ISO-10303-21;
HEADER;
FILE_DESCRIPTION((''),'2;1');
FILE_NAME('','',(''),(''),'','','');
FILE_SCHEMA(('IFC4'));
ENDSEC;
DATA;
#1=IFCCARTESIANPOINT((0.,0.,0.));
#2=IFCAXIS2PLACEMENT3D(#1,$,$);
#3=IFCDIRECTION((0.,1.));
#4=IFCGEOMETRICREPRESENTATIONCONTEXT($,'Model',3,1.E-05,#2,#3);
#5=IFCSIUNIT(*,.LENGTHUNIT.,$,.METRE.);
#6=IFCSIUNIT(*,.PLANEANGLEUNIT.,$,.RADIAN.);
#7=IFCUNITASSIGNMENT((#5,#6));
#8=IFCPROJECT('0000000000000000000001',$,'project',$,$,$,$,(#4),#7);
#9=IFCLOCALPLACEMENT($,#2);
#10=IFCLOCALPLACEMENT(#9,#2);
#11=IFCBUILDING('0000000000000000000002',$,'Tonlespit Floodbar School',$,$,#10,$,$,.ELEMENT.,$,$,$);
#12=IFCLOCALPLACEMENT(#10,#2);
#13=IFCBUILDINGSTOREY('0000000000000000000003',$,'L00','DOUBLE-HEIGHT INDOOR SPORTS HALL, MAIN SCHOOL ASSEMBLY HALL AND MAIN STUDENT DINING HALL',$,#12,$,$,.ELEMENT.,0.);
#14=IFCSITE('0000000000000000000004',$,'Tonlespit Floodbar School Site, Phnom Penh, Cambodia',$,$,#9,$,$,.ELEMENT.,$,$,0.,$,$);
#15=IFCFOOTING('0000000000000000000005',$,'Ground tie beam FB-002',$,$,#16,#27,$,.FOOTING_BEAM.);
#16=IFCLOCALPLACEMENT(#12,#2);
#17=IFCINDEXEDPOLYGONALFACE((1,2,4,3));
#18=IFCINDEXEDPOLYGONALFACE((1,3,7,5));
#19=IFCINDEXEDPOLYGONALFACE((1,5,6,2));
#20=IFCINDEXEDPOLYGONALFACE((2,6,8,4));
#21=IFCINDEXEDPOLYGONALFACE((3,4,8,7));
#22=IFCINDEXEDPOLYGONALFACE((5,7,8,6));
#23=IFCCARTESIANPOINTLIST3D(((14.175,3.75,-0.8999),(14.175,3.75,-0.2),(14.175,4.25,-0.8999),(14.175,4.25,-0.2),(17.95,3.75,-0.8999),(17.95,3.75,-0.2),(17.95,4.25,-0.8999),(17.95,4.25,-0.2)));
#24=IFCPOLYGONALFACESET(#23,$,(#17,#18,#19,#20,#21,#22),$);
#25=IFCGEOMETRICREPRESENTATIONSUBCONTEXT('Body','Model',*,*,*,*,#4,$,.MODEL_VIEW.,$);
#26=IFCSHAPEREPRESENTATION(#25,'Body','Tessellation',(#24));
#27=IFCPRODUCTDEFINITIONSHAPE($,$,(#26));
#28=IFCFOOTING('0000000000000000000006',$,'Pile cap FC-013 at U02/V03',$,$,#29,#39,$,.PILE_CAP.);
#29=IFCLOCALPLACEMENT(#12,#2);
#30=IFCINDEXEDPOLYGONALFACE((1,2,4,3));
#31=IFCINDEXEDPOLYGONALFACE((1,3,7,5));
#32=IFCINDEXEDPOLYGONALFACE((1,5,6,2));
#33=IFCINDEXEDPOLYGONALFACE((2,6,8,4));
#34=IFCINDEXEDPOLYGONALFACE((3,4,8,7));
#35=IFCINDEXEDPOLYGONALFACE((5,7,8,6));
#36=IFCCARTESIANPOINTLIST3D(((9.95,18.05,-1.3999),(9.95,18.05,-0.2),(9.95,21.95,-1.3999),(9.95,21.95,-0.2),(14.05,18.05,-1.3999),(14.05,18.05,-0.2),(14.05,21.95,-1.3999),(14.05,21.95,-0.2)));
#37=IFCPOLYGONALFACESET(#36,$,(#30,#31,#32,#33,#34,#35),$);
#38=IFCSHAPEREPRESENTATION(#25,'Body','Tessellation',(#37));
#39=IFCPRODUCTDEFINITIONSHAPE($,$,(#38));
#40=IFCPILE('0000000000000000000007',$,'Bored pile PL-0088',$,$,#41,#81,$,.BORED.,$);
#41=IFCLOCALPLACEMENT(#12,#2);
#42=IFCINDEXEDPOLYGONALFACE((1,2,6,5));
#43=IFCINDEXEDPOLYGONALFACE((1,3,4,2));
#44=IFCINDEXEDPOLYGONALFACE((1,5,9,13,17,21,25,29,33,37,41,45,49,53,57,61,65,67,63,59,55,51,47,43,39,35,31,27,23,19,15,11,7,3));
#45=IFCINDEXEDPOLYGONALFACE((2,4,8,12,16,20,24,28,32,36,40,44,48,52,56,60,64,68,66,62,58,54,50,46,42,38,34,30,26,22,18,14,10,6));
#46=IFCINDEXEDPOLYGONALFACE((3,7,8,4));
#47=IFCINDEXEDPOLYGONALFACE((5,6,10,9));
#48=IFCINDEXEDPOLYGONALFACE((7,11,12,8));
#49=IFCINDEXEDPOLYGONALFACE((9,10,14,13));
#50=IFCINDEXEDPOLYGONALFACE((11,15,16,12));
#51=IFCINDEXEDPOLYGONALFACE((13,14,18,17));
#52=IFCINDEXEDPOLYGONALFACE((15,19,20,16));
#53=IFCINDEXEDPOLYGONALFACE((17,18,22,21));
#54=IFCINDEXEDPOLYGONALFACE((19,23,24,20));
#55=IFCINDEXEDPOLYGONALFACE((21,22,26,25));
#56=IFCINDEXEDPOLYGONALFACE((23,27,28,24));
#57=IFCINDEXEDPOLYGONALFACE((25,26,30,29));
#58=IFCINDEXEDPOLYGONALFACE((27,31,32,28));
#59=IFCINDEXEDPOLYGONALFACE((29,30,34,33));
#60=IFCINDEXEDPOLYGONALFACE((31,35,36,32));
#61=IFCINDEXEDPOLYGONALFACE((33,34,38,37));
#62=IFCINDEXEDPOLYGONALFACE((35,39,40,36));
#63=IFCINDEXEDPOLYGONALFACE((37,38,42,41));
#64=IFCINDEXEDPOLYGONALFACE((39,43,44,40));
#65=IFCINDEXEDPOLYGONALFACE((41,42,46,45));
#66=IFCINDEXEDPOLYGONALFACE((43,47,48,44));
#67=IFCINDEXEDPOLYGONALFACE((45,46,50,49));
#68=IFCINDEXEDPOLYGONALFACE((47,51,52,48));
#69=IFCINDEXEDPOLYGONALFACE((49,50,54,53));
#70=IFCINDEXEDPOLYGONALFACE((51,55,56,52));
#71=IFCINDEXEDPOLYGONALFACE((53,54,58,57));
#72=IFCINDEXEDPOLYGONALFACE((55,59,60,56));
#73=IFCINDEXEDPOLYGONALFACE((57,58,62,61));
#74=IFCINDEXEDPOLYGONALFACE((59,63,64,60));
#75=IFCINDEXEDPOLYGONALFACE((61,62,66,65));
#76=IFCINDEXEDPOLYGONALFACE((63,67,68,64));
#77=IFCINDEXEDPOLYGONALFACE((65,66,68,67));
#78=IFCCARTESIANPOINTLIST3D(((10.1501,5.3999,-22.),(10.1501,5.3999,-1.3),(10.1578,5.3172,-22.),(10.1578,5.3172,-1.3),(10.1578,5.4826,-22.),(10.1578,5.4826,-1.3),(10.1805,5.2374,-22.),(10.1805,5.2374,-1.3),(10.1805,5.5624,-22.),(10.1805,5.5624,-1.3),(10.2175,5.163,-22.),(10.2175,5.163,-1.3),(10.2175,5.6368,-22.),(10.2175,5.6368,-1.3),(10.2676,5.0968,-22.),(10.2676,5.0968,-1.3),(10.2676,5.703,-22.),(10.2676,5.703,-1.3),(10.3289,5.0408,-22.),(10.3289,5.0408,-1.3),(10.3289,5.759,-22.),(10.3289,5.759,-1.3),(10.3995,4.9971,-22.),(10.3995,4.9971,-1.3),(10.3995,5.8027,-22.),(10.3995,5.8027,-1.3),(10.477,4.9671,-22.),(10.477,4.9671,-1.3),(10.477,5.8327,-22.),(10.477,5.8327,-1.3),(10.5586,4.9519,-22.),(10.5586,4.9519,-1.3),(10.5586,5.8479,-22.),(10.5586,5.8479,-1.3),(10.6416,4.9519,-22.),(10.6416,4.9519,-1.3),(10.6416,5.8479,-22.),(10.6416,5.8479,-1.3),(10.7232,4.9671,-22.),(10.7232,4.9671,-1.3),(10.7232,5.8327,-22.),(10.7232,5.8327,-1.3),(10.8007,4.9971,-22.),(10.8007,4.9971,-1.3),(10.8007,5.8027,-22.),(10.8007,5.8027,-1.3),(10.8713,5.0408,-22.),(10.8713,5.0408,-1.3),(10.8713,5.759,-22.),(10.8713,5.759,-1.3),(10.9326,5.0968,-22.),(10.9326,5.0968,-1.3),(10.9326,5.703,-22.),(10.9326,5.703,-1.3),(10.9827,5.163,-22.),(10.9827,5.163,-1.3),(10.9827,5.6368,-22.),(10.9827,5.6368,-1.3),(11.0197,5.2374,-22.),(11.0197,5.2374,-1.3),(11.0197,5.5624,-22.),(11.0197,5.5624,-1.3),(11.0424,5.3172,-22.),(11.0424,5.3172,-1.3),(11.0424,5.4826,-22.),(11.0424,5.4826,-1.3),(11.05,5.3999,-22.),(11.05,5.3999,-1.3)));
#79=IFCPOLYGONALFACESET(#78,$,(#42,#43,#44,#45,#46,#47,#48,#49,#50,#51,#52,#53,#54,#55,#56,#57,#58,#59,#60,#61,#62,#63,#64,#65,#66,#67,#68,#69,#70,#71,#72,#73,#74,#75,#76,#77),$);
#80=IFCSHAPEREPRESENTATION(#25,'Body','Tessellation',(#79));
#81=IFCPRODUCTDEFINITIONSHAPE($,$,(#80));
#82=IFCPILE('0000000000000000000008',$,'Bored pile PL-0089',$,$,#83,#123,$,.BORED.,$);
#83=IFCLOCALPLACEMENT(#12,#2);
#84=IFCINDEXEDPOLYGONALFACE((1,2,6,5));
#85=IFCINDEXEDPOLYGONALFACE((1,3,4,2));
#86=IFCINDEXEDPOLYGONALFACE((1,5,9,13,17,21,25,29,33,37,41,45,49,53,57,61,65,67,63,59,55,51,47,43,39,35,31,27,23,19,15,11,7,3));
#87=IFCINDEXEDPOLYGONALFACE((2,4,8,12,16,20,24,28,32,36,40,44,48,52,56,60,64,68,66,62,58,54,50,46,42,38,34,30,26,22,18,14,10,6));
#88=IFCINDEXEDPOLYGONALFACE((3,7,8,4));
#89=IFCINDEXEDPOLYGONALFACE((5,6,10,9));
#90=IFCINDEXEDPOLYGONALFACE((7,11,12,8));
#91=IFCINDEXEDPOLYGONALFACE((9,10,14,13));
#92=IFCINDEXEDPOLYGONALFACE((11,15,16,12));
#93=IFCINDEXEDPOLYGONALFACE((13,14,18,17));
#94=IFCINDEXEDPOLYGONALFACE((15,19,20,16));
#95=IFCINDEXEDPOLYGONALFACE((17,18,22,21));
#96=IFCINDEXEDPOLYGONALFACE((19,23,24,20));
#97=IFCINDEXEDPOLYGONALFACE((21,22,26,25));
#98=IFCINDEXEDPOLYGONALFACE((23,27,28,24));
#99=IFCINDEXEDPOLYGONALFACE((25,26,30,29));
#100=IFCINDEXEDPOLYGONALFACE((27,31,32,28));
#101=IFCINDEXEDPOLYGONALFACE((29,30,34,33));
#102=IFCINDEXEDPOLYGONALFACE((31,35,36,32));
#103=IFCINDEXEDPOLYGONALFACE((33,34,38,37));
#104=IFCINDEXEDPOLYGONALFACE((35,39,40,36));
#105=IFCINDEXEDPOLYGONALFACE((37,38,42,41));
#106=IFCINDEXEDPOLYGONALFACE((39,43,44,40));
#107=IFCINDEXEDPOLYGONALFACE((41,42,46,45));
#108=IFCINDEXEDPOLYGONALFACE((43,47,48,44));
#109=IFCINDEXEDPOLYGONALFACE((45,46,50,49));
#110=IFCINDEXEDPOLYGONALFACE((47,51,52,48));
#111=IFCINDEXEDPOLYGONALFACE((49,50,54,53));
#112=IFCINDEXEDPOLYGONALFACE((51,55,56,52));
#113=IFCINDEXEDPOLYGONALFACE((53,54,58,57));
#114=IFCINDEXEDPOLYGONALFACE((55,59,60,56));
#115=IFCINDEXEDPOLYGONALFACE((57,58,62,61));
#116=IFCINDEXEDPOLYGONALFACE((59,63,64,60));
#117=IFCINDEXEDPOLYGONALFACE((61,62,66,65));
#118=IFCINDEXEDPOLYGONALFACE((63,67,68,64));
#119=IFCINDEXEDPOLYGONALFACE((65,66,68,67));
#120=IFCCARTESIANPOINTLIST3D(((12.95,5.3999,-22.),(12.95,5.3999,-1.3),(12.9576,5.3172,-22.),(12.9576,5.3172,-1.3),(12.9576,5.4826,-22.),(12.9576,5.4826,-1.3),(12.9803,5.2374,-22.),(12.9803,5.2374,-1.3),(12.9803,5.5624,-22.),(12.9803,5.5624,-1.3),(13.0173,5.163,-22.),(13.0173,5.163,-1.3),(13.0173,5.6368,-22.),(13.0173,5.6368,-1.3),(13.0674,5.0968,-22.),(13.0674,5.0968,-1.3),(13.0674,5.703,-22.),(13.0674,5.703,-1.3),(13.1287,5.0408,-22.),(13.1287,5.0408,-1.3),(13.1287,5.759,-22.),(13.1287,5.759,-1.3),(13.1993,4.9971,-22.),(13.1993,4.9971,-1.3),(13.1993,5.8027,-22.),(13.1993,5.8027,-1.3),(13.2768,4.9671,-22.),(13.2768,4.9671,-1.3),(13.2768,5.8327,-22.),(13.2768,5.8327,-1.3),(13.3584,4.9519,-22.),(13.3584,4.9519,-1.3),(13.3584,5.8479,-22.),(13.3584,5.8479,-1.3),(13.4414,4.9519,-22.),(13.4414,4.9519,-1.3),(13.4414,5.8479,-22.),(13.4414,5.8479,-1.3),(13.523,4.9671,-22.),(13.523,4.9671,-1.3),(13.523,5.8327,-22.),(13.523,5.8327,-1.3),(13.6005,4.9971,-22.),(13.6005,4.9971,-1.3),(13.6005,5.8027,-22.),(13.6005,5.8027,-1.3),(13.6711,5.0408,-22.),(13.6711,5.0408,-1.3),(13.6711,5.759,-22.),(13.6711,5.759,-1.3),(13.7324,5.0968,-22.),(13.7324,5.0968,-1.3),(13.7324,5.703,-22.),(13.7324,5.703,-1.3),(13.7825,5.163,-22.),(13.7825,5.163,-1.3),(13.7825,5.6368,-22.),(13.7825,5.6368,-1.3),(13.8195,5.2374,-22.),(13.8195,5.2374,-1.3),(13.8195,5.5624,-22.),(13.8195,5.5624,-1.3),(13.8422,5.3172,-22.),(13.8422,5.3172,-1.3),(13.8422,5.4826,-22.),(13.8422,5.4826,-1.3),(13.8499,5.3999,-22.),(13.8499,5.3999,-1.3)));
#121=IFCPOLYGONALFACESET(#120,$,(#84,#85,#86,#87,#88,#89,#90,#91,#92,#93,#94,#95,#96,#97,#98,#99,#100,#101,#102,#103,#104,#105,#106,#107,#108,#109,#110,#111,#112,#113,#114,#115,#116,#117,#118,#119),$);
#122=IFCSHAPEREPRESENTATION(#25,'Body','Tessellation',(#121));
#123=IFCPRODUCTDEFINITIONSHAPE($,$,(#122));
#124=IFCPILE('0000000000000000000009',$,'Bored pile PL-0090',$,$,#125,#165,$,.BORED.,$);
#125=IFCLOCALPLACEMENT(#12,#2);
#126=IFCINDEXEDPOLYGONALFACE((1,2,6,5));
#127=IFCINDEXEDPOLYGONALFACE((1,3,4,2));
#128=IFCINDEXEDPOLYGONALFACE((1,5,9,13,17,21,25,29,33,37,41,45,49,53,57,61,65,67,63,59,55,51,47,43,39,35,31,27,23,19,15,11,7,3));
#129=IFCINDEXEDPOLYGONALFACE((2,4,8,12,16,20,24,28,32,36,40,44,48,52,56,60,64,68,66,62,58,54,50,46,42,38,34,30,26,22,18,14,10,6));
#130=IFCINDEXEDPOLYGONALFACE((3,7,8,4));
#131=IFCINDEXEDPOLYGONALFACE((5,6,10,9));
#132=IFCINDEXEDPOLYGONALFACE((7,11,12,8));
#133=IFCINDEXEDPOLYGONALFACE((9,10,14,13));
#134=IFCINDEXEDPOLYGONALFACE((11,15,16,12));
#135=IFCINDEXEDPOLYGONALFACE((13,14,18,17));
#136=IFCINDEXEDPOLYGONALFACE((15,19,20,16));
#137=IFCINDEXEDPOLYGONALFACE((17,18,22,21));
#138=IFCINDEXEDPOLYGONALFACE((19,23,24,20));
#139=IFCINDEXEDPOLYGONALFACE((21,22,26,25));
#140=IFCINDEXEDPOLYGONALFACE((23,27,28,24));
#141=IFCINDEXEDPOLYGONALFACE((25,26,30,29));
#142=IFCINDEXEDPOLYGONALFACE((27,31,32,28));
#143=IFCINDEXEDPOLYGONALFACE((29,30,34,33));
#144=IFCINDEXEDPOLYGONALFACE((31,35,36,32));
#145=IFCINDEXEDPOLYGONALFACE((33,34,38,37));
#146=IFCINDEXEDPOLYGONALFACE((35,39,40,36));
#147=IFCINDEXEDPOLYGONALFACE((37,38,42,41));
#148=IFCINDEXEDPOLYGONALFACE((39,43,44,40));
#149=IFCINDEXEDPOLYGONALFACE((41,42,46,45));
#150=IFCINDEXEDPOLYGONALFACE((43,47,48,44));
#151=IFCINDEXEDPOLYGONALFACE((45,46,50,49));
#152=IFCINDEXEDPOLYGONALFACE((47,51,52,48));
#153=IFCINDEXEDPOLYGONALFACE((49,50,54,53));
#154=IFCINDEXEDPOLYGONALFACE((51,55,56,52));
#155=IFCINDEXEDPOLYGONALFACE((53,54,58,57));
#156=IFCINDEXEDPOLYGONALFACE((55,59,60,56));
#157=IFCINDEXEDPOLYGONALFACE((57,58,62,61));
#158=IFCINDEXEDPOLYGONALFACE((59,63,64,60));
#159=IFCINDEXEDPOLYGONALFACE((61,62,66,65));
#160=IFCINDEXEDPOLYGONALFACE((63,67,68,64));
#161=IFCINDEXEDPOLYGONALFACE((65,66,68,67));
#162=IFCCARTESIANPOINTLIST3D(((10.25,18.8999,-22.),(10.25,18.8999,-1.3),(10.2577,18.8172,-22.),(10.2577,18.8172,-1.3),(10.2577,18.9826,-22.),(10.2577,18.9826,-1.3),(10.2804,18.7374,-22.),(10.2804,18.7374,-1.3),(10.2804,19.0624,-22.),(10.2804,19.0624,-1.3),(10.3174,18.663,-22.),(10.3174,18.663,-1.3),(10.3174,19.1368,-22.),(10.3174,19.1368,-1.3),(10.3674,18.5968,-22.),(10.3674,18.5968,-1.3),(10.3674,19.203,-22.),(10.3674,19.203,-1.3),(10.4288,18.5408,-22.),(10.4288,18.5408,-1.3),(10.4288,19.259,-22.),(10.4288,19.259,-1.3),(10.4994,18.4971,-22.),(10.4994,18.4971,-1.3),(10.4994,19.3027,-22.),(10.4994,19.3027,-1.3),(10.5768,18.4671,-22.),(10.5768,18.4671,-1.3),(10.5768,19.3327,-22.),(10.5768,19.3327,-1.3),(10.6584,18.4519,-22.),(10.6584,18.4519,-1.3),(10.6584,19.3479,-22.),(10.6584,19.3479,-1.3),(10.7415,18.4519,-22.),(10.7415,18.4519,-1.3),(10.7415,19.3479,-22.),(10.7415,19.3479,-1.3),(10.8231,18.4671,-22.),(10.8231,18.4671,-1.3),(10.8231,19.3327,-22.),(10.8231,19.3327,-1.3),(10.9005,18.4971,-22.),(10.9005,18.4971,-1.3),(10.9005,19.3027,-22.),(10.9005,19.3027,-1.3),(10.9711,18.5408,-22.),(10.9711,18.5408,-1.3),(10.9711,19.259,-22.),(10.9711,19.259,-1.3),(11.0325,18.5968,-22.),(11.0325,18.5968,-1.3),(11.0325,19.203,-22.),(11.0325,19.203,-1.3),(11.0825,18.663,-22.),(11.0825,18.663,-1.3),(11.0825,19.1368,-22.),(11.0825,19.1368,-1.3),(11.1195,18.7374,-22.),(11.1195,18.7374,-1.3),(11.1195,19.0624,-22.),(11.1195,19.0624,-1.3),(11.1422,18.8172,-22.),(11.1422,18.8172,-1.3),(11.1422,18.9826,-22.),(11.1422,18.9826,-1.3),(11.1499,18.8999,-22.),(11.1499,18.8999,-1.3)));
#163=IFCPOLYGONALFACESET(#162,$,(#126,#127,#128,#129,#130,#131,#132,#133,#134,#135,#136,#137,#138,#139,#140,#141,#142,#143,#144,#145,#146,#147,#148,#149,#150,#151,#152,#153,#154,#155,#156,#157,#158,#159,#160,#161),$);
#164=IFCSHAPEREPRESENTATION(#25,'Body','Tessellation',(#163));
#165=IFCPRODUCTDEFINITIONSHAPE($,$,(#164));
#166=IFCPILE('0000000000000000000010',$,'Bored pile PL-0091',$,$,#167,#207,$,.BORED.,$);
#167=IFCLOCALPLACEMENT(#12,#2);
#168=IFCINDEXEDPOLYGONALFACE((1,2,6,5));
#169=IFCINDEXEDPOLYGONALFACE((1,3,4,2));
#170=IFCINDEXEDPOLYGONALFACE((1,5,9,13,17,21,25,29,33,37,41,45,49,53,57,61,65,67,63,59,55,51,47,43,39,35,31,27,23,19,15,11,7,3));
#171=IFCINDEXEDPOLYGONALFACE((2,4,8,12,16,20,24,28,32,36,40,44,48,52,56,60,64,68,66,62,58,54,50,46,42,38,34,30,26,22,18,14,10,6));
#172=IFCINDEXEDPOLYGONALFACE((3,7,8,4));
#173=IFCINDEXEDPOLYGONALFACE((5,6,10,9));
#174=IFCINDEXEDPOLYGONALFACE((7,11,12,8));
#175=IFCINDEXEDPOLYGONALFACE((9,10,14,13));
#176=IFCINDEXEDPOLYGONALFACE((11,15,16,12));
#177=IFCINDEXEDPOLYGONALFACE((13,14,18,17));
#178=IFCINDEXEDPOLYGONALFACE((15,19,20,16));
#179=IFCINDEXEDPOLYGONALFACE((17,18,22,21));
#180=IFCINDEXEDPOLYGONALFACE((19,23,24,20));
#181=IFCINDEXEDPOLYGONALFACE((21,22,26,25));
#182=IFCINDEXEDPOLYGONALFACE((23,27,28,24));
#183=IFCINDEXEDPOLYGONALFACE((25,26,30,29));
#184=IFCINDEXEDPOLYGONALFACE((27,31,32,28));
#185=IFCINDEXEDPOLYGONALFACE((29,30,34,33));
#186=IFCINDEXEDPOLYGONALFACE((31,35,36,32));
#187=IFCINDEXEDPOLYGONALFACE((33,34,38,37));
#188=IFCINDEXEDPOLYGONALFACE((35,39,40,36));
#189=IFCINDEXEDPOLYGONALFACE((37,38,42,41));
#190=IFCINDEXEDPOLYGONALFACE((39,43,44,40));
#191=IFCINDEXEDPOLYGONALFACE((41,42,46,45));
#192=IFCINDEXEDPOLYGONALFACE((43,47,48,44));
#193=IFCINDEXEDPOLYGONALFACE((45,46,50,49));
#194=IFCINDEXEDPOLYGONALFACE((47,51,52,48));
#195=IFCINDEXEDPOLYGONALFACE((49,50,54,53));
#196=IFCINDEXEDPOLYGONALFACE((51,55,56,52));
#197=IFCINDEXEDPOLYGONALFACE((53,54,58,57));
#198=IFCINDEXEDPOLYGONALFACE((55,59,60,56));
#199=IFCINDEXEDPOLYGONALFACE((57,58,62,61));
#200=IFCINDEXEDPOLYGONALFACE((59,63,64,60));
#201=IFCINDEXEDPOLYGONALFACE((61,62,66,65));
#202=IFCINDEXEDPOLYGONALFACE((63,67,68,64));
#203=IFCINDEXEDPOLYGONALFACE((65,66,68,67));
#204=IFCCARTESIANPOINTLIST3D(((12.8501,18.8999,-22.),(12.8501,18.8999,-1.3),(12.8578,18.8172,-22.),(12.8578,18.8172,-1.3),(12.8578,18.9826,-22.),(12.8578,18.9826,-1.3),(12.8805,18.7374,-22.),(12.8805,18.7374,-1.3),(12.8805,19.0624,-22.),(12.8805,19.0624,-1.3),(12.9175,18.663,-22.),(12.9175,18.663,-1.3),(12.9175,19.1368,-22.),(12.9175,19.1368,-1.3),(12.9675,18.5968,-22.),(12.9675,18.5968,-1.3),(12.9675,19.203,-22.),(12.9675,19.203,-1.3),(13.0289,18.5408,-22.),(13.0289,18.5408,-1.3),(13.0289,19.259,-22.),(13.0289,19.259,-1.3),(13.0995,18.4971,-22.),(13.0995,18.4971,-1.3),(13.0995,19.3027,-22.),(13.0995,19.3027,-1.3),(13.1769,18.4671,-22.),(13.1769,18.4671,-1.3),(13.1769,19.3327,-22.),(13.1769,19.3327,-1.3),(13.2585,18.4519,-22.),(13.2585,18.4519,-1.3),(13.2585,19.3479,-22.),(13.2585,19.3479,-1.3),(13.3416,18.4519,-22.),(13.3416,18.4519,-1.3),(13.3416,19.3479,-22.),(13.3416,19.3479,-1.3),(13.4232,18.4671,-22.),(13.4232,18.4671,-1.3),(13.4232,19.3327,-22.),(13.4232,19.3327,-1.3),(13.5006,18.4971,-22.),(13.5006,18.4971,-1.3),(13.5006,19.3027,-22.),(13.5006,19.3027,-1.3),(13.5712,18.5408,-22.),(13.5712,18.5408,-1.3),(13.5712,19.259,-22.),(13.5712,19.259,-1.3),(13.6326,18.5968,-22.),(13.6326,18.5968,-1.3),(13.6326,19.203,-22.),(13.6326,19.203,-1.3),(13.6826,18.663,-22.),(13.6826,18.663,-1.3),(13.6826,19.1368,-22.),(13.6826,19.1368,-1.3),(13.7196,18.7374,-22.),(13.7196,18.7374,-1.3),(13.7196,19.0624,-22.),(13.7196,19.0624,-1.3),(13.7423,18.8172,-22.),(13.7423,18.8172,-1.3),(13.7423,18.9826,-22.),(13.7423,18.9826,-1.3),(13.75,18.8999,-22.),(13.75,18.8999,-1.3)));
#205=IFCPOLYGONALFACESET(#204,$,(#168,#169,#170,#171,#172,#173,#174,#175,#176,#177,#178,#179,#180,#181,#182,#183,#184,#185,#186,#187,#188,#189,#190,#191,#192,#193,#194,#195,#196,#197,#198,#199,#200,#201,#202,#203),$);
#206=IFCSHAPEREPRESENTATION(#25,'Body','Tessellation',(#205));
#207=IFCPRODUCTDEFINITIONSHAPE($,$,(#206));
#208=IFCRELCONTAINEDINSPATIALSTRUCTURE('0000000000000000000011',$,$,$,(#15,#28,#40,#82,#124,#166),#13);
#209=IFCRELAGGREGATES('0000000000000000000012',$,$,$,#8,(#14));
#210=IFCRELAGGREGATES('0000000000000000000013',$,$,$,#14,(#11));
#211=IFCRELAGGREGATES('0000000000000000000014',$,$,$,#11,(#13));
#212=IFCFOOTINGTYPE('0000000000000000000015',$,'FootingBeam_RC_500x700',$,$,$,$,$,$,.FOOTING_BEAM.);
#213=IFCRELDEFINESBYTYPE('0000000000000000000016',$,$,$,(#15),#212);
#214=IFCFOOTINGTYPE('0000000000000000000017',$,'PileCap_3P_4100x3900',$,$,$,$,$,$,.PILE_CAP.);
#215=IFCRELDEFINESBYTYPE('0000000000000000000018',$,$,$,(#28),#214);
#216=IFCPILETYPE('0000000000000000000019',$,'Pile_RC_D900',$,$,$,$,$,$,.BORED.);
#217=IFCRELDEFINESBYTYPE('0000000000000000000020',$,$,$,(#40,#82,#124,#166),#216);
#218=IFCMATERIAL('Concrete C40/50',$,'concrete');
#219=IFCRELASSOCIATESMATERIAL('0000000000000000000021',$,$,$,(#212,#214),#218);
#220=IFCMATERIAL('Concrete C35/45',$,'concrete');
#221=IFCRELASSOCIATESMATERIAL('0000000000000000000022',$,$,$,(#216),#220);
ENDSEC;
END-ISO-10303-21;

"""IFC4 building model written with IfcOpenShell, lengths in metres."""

from ifc_helpers import new_model, si_unit, direction, frame, origin, origin_2d, place, context, subcontext, project, spatial, rectangle, circle, extrude, material, material_profile, profile_set, type_object, element, save


model = new_model("IFC4")

# Units and contexts
model_context = context("Model", 3, precision=1e-05, world=origin(), true_north=direction((0.0, 1.0)))
body_context = subcontext(model_context, "Body", "Model", "MODEL_VIEW")
ifc_project = project(units=[si_unit("LENGTHUNIT", "METRE"), si_unit("PLANEANGLEUNIT", "RADIAN")], contexts=[model_context])

# Site, building, storey
site_placement = place(None, origin())
site = spatial("IfcSite", under=ifc_project, at=site_placement, Name="Tonlespit Floodbar School Site, Phnom Penh, Cambodia", CompositionType="ELEMENT", RefElevation=0.0)
building_placement = place(site_placement, origin())
building = spatial("IfcBuilding", under=site, at=building_placement, Name="Tonlespit Floodbar School", CompositionType="ELEMENT")
storey_placement = place(building_placement, origin())
storey = spatial("IfcBuildingStorey", under=building, at=storey_placement, Name="L00", Description="DOUBLE-HEIGHT INDOOR SPORTS HALL, MAIN SCHOOL ASSEMBLY HALL AND MAIN STUDENT DINING HALL", CompositionType="ELEMENT", Elevation=0.0)

# Footings
ifc_material_1 = material(Name="Concrete C40/50", Category="concrete")
footing_type_1 = type_object("IfcFootingType", Name="FootingBeam_RC_500x700", PredefinedType="FOOTING_BEAM", material=ifc_material_1)
footing_1_placement = place(storey_placement, frame((16.0625, 4.0, -0.8999), z_axis=(0.0, 0.0, 1.0), x_axis=(1.0, 0.0, 0.0)))
element("IfcFooting", 1, at=footing_1_placement, inside=storey, type_object=footing_type_1, Name="Ground tie beam FB-002", PredefinedType="FOOTING_BEAM", context=body_context, shape_type="SweptSolid", body=[
    extrude(rectangle(XDim=3.7749, YDim=0.5, at=origin_2d()), origin(), (0.0, 0.0, 1.0), 0.7),
])
footing_type_2 = type_object("IfcFootingType", Name="PileCap_3P_4100x3900", PredefinedType="PILE_CAP", material=ifc_material_1)
footing_2_placement = place(storey_placement, frame((12.0, 20.0, -1.3999), z_axis=(0.0, 0.0, 1.0), x_axis=(1.0, 0.0, 0.0)))
element("IfcFooting", 2, at=footing_2_placement, inside=storey, type_object=footing_type_2, Name="Pile cap FC-013 at U02/V03", PredefinedType="PILE_CAP", context=body_context, shape_type="SweptSolid", body=[
    extrude(rectangle(XDim=4.1001, YDim=3.8999, at=origin_2d()), origin(), (0.0, 0.0, 1.0), 1.2),
])

# Piles
ifc_material_2 = material(Name="Concrete C35/45", Category="concrete")
ifc_material_profile_1 = material_profile(ifc_material_2, circle(Radius=0.45, at=origin_2d()), Name="BP D900")
ifc_profile_set_1 = profile_set([ifc_material_profile_1], Name="Concrete C35/45")
pile_type = type_object("IfcPileType", Name="Pile_RC_D900", PredefinedType="BORED", material=ifc_profile_set_1)
for number, where, z_axis, x_axis, name in (
    (3, (10.6001, 5.3999, -1.3), (0.0, 0.0, -1.0), (1.0, 0.0, 0.0), "Bored pile PL-0088"),
    (4, (13.3999, 5.3999, -1.3), (0.0, 0.0, -1.0), (1.0, 0.0, 0.0), "Bored pile PL-0089"),
    (5, (10.7, 18.8999, -1.3), (0.0, 0.0, -1.0), (1.0, 0.0, 0.0), "Bored pile PL-0090"),
    (6, (13.3, 18.8999, -1.3), (0.0, 0.0, -1.0), (1.0, 0.0, 0.0), "Bored pile PL-0091"),
):
    element("IfcPile", number, at=place(storey_placement, frame(where, z_axis=z_axis, x_axis=x_axis)), inside=storey, type_object=pile_type, Name=name, PredefinedType="BORED", context=body_context, shape_type="SweptSolid", body=[
        extrude(circle(Radius=0.45, at=origin_2d()), origin(), (0.0, 0.0, 1.0), 20.7),
    ])

save(model, "model.ifc")
